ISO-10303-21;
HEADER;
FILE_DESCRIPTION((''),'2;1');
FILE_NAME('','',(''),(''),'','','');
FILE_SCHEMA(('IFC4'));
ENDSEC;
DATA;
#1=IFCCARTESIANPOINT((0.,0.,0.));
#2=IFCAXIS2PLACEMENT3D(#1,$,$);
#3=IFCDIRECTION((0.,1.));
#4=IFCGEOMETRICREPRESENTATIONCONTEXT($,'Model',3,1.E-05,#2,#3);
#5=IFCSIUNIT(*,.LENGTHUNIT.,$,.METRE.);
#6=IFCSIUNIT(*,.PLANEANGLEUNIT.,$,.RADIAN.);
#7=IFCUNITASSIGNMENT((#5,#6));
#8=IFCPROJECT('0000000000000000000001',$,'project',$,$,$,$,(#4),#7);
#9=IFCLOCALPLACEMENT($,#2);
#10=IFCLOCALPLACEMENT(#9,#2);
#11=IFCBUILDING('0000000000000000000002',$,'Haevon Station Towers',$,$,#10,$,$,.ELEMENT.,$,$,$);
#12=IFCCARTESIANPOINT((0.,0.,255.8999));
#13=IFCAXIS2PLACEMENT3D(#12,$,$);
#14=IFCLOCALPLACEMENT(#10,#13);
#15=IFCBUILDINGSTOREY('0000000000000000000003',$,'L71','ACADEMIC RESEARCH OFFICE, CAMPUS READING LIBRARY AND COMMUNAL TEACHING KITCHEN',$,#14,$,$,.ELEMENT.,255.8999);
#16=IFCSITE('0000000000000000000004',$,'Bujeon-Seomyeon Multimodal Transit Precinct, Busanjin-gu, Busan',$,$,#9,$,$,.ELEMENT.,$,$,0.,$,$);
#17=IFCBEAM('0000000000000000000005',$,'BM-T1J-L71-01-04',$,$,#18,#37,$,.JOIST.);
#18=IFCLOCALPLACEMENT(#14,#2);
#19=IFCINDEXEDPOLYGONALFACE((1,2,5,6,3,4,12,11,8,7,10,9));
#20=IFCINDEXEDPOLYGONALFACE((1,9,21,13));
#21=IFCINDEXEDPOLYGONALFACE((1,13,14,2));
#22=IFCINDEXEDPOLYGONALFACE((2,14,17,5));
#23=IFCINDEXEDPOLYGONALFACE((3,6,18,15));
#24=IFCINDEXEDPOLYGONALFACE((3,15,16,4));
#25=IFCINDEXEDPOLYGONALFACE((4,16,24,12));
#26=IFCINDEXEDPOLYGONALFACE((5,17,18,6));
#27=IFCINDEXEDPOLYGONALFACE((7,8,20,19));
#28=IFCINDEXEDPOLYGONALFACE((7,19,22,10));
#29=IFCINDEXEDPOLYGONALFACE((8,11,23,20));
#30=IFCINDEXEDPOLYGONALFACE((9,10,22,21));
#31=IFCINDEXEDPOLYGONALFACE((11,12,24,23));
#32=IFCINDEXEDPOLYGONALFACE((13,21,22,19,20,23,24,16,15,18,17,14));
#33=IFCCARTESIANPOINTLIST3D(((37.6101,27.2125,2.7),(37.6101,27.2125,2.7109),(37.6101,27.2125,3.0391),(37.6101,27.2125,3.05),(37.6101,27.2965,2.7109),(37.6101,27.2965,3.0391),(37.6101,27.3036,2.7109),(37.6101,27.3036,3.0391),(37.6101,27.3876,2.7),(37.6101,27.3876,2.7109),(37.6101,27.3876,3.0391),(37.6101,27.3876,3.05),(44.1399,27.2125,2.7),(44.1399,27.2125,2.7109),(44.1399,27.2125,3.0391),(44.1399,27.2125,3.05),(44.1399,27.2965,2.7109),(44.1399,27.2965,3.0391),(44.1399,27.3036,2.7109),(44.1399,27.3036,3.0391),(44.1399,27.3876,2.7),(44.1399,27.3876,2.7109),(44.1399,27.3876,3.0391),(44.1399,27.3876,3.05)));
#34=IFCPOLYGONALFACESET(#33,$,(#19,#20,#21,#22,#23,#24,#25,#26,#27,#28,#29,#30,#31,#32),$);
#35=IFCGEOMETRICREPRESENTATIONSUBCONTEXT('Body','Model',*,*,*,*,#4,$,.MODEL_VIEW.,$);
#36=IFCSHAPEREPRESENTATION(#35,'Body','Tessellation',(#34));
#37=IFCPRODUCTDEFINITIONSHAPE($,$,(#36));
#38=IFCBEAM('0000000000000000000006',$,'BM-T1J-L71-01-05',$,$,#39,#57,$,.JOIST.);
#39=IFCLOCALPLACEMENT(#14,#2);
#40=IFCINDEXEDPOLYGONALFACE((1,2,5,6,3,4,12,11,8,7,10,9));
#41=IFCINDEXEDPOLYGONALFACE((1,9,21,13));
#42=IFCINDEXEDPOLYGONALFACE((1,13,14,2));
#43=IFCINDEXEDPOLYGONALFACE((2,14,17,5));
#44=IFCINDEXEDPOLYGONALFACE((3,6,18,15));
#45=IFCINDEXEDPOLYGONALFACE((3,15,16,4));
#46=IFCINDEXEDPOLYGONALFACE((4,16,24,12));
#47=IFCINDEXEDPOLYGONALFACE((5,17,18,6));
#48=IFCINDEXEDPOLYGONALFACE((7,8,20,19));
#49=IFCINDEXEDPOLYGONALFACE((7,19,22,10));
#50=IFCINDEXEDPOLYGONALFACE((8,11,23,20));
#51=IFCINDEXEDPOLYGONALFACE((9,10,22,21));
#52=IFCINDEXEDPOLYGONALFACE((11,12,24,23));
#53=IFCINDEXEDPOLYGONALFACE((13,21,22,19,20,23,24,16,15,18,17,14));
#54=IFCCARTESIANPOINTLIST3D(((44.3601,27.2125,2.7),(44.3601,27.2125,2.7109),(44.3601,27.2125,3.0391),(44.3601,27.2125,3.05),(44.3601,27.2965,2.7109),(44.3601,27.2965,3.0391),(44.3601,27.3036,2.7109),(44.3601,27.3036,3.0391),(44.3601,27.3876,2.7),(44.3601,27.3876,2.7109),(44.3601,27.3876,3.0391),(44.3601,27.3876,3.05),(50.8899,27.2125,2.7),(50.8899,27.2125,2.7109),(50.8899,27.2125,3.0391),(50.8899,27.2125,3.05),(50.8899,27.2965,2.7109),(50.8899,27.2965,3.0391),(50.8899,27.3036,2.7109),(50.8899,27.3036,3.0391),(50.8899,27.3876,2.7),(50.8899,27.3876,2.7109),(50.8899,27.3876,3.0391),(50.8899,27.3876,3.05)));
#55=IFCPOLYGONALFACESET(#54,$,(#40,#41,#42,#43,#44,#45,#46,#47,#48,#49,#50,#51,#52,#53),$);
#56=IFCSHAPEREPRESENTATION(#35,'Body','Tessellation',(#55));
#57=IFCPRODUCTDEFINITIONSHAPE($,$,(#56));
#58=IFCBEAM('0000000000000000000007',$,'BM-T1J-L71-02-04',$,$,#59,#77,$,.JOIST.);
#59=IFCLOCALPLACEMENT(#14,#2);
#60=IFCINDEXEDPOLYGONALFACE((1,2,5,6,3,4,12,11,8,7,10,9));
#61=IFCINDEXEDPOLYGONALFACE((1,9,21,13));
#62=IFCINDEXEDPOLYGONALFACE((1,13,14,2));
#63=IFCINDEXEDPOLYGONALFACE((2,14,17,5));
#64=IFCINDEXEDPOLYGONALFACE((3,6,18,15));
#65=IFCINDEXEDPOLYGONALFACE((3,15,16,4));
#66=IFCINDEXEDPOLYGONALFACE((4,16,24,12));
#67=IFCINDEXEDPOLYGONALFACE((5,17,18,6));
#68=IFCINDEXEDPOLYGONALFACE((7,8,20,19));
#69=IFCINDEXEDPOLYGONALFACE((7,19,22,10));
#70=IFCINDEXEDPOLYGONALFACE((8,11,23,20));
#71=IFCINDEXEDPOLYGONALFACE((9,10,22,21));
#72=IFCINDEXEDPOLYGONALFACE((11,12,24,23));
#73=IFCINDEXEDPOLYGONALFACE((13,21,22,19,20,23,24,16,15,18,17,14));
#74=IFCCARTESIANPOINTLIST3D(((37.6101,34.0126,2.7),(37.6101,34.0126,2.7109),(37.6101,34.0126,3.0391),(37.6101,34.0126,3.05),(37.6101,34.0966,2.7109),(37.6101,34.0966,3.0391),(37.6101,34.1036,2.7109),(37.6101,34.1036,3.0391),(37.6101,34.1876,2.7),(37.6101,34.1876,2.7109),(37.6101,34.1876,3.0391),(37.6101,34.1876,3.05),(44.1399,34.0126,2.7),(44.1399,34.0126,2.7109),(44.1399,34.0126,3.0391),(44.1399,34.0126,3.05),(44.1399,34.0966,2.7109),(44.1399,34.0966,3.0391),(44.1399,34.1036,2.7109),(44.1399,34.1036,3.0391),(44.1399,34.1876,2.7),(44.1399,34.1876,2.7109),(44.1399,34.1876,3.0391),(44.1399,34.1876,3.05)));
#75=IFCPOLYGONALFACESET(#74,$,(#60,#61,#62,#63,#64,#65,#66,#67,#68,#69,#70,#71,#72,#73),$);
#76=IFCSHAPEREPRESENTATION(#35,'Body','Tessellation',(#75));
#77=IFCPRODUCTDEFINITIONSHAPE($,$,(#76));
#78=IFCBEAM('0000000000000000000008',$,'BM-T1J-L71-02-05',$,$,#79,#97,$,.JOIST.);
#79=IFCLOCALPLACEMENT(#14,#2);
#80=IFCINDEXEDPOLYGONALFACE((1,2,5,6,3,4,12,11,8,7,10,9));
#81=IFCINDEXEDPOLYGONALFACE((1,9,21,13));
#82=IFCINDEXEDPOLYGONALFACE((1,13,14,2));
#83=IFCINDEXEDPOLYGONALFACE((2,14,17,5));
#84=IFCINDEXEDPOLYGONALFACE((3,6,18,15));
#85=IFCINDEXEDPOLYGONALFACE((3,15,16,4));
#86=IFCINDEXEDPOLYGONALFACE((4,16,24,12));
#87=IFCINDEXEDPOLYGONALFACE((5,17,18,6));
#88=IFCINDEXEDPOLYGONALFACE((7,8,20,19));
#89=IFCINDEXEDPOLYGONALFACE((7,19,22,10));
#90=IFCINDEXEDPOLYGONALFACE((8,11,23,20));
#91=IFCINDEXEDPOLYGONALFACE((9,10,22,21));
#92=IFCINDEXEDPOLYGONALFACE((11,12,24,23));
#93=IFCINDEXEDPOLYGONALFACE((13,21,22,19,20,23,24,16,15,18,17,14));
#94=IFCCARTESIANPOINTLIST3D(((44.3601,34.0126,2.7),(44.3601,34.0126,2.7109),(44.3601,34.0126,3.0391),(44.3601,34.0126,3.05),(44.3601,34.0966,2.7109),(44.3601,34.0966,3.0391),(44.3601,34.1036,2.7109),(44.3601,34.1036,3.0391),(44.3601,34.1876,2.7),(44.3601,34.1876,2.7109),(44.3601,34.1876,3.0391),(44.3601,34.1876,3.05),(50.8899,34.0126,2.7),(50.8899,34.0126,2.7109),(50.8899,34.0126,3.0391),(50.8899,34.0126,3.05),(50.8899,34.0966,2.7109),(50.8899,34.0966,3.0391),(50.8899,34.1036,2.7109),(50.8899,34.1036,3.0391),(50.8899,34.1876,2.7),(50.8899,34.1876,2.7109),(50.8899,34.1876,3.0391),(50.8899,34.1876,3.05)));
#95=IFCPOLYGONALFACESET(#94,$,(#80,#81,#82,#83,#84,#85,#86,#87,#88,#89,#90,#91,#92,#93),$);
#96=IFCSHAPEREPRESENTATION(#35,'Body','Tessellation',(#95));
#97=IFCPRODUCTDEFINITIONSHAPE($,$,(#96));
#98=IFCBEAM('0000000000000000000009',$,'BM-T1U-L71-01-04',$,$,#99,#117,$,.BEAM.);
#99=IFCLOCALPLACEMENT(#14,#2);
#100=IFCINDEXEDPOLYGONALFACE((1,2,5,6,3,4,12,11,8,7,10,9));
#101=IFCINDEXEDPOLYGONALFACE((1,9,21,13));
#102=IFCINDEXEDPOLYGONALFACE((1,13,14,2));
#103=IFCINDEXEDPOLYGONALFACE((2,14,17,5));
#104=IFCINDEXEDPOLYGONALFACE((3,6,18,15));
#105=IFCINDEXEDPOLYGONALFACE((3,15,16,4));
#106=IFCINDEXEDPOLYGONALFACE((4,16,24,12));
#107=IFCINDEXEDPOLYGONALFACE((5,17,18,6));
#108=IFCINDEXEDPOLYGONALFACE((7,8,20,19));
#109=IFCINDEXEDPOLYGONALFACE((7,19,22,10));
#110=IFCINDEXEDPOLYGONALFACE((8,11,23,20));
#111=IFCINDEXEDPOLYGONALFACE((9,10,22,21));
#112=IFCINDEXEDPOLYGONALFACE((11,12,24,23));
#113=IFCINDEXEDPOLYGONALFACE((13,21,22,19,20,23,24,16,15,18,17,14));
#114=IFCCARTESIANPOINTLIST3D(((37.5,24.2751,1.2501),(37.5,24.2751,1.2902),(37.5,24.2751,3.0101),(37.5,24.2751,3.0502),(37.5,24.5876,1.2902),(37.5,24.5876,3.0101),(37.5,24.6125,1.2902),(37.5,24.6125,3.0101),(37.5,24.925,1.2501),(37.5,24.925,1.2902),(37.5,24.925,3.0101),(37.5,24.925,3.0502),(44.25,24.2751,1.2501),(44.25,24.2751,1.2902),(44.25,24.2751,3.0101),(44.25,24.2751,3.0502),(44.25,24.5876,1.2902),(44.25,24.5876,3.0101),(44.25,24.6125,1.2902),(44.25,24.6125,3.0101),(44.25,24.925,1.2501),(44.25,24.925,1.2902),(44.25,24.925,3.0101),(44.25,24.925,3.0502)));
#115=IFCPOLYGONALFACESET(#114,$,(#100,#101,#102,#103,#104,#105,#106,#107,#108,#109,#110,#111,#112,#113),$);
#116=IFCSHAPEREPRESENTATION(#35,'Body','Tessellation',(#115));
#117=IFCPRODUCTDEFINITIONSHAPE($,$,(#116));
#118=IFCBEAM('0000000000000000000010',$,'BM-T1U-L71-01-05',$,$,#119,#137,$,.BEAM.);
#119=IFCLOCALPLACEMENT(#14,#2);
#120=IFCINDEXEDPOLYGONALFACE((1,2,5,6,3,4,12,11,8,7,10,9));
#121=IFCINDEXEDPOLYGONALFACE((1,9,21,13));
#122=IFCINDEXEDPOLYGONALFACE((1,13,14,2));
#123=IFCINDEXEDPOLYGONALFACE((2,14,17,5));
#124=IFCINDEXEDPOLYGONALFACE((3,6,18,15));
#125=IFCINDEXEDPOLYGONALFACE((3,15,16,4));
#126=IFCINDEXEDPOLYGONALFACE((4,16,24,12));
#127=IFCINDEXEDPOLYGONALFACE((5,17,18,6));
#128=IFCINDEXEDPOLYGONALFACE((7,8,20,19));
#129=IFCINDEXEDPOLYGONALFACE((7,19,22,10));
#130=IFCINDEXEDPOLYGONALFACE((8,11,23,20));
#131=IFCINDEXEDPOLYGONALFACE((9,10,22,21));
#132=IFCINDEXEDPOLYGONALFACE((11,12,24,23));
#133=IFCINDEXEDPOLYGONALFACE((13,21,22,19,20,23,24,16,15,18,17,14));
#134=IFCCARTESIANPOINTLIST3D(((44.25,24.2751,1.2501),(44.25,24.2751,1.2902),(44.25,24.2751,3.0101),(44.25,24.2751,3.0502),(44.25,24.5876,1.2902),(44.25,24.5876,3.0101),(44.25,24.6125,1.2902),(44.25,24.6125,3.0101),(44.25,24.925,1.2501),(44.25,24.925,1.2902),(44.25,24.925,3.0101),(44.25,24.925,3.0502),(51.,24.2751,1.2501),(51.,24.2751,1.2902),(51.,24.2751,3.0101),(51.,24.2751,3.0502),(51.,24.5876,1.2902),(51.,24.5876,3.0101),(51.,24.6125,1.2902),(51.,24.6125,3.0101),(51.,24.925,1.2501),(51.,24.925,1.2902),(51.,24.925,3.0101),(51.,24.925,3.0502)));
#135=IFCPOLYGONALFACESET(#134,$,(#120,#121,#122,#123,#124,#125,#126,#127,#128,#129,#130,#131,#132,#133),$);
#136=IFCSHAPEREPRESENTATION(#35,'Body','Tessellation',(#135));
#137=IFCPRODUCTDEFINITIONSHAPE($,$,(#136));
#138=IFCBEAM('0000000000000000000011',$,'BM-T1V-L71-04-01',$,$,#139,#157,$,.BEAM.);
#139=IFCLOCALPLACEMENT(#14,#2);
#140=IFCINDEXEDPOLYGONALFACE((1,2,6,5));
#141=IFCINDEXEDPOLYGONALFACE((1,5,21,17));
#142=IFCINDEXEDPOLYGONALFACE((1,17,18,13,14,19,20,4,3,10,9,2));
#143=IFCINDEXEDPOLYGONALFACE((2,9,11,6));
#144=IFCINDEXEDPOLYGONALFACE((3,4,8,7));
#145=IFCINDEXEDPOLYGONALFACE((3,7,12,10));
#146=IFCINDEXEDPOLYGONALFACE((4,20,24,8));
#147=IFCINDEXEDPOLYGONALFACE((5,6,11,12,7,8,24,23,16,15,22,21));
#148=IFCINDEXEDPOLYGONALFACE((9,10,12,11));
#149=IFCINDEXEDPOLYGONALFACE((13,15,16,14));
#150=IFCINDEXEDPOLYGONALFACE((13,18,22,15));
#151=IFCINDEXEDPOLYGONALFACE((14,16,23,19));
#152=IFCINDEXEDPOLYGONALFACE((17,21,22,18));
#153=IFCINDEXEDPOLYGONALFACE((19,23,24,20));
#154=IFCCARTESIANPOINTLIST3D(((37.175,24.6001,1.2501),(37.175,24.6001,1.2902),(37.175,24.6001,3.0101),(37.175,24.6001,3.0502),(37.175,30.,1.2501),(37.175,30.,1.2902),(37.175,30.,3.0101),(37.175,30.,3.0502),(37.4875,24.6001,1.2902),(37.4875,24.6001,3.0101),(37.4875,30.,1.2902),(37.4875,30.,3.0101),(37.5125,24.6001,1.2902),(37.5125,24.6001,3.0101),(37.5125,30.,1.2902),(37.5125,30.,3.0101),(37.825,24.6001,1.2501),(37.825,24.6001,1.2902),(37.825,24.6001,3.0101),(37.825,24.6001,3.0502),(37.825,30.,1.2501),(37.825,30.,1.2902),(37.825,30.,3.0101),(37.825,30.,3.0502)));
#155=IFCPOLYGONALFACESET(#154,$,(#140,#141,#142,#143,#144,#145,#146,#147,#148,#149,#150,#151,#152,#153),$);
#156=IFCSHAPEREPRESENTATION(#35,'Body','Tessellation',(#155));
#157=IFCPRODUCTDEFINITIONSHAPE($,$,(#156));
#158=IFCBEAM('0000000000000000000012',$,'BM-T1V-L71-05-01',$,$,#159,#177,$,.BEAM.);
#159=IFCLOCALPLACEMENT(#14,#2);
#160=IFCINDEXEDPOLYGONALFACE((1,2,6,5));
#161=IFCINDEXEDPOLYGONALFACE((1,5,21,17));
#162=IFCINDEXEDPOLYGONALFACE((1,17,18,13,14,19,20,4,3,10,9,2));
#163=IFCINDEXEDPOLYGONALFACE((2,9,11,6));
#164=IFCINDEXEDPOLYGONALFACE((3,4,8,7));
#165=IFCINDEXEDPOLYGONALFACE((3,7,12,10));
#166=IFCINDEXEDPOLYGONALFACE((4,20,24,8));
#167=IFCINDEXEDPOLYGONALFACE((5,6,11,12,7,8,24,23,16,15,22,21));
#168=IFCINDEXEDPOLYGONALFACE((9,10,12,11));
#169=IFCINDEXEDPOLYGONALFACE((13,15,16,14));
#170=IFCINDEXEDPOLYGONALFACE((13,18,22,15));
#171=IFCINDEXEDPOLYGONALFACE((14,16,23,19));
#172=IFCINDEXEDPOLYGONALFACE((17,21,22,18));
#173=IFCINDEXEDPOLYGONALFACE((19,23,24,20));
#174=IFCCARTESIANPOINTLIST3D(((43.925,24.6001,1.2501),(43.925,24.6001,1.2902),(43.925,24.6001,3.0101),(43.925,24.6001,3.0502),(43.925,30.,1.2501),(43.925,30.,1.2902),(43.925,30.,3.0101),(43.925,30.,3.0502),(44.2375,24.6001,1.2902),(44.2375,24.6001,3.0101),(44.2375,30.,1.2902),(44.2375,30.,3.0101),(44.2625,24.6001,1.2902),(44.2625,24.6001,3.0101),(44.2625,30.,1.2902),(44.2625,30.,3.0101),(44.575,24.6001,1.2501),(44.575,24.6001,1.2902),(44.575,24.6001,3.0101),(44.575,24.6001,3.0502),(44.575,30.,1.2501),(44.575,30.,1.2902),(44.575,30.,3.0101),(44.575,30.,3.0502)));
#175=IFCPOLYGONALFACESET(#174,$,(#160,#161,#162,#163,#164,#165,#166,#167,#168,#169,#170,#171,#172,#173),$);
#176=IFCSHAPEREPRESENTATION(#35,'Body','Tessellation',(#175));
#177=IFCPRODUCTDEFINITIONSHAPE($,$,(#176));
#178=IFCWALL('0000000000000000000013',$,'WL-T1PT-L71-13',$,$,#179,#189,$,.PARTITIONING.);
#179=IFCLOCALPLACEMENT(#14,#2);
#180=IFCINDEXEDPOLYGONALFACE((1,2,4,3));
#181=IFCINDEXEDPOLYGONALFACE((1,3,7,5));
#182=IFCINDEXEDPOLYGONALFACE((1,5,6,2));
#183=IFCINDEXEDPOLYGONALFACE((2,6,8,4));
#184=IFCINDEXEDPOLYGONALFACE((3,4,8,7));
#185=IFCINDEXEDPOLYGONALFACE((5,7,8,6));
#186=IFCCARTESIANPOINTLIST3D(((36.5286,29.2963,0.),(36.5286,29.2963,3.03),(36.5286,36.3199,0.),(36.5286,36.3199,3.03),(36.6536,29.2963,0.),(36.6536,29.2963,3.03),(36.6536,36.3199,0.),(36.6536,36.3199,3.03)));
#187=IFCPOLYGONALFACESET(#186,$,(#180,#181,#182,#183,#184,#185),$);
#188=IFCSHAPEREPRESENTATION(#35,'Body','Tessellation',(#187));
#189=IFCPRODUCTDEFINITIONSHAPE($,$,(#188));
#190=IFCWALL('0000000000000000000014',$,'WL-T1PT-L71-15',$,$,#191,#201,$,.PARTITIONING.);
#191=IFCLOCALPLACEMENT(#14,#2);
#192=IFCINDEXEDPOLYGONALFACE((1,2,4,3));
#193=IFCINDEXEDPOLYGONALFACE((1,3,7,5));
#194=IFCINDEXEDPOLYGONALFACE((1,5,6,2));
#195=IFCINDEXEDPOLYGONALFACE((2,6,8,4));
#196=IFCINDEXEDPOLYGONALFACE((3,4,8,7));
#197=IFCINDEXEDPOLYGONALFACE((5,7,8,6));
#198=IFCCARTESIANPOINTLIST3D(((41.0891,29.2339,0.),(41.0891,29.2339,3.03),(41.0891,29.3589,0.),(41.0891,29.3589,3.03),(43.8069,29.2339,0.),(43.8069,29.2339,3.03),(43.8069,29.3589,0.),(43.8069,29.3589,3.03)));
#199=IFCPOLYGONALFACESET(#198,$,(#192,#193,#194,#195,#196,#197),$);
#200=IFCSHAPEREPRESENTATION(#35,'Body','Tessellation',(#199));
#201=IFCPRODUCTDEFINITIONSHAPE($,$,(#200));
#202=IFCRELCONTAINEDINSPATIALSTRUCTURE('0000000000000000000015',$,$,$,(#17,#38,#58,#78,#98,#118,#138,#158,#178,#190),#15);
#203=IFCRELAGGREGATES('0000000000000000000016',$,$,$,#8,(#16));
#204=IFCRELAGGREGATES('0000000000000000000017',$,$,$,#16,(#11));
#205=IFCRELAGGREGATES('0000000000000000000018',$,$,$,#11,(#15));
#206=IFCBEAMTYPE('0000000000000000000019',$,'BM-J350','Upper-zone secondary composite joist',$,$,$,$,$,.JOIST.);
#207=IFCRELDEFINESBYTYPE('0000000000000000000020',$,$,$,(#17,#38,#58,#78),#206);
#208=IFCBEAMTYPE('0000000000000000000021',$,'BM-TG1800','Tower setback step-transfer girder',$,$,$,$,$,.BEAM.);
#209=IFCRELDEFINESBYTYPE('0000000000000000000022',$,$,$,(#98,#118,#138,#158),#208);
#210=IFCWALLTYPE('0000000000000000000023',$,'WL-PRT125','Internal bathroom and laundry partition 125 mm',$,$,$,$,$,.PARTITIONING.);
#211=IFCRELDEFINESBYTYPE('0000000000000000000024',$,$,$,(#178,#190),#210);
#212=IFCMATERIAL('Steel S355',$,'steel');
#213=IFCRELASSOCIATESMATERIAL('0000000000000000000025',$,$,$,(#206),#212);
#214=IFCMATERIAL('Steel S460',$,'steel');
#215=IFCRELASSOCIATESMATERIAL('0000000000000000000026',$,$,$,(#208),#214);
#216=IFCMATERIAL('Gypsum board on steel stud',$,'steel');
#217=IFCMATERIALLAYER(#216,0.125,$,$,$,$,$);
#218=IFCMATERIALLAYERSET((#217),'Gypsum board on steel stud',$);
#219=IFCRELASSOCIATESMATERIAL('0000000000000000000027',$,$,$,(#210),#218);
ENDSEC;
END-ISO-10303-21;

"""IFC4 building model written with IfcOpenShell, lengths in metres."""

from ifc_helpers import new_model, si_unit, direction, frame, frame_2d, origin, origin_2d, place, context, subcontext, project, spatial, rectangle, i_section, extrude, material, layer, layer_set, material_profile, profile_set, type_object, element, save


model = new_model("IFC4")

# Units and contexts
model_context = context("Model", 3, precision=1e-05, world=origin(), true_north=direction((0.0, 1.0)))
body_context = subcontext(model_context, "Body", "Model", "MODEL_VIEW")
ifc_project = project(units=[si_unit("LENGTHUNIT", "METRE"), si_unit("PLANEANGLEUNIT", "RADIAN")], contexts=[model_context])

# Site, building, storey
site_placement = place(None, origin())
site = spatial("IfcSite", under=ifc_project, at=site_placement, Name="Bujeon-Seomyeon Multimodal Transit Precinct, Busanjin-gu, Busan", CompositionType="ELEMENT", RefElevation=0.0)
building_placement = place(site_placement, origin())
building = spatial("IfcBuilding", under=site, at=building_placement, Name="Haevon Station Towers", CompositionType="ELEMENT")
storey_placement = place(building_placement, frame((0.0, 0.0, 255.8999)))
storey = spatial("IfcBuildingStorey", under=building, at=storey_placement, Name="L71", Description="ACADEMIC RESEARCH OFFICE, CAMPUS READING LIBRARY AND COMMUNAL TEACHING KITCHEN", CompositionType="ELEMENT", Elevation=255.8999)

# Shared definitions
ifc_material_1 = material(Name="Steel S355", Category="steel")

# Beams
ifc_material_profile_1 = material_profile(ifc_material_1, i_section(OverallWidth=0.175, OverallDepth=0.3501, WebThickness=0.0071, FlangeThickness=0.011, at=origin_2d()), Name="H-350x175x7x11")
ifc_profile_set_1 = profile_set([ifc_material_profile_1], Name="Steel S355")
beam_type_1 = type_object("IfcBeamType", Name="BM-J350", Description="Upper-zone secondary composite joist", PredefinedType="JOIST", material=ifc_profile_set_1)
for number, where, z_axis, x_axis, name in (
    (1, (37.6101, 27.3, 2.875), (1.0, 0.0, 0.0), (0.0, 1.0, 0.0), "BM-T1J-L71-01-04"),
    (2, (44.3601, 27.3, 2.875), (1.0, 0.0, 0.0), (0.0, 1.0, 0.0), "BM-T1J-L71-01-05"),
    (3, (37.6101, 34.1001, 2.875), (1.0, 0.0, 0.0), (0.0, 1.0, 0.0), "BM-T1J-L71-02-04"),
    (4, (44.3601, 34.1001, 2.875), (1.0, 0.0, 0.0), (0.0, 1.0, 0.0), "BM-T1J-L71-02-05"),
):
    element("IfcBeam", number, at=place(storey_placement, frame(where, z_axis=z_axis, x_axis=x_axis)), inside=storey, type_object=beam_type_1, Name=name, PredefinedType="JOIST", context=body_context, shape_type="SweptSolid", body=[
        extrude(i_section(OverallWidth=0.175, OverallDepth=0.3501, WebThickness=0.0071, FlangeThickness=0.011, at=origin_2d()), origin(), (0.0, 0.0, 1.0), 6.5298),
    ])
ifc_material_2 = material(Name="Steel S460", Category="steel")
ifc_material_profile_2 = material_profile(ifc_material_2, i_section(OverallWidth=0.6499, OverallDepth=1.8, WebThickness=0.0249, FlangeThickness=0.04, at=origin_2d()), Name="H-1800x650x25x40")
ifc_profile_set_2 = profile_set([ifc_material_profile_2], Name="Steel S460")
beam_type_2 = type_object("IfcBeamType", Name="BM-TG1800", Description="Tower setback step-transfer girder", PredefinedType="BEAM", material=ifc_profile_set_2)
for number, where, z_axis, x_axis, name in (
    (5, (37.5, 24.6001, 2.1501), (1.0, 0.0, 0.0), (0.0, 1.0, 0.0), "BM-T1U-L71-01-04"),
    (6, (44.25, 24.6001, 2.1501), (1.0, 0.0, 0.0), (0.0, 1.0, 0.0), "BM-T1U-L71-01-05"),
):
    element("IfcBeam", number, at=place(storey_placement, frame(where, z_axis=z_axis, x_axis=x_axis)), inside=storey, type_object=beam_type_2, Name=name, PredefinedType="BEAM", context=body_context, shape_type="SweptSolid", body=[
        extrude(i_section(OverallWidth=0.6499, OverallDepth=1.8, WebThickness=0.0249, FlangeThickness=0.04, at=origin_2d()), origin(), (0.0, 0.0, 1.0), 6.75),
    ])
for number, where, z_axis, x_axis, name in (
    (7, (37.5, 24.6001, 2.1501), (0.0, 1.0, 0.0), (-1.0, 0.0, 0.0), "BM-T1V-L71-04-01"),
    (8, (44.25, 24.6001, 2.1501), (0.0, 1.0, 0.0), (-1.0, 0.0, 0.0), "BM-T1V-L71-05-01"),
):
    element("IfcBeam", number, at=place(storey_placement, frame(where, z_axis=z_axis, x_axis=x_axis)), inside=storey, type_object=beam_type_2, Name=name, PredefinedType="BEAM", context=body_context, shape_type="SweptSolid", body=[
        extrude(i_section(OverallWidth=0.6499, OverallDepth=1.8, WebThickness=0.0249, FlangeThickness=0.04, at=origin_2d()), origin(), (0.0, 0.0, 1.0), 5.3999),
    ])

# Walls
ifc_material_3 = material(Name="Gypsum board on steel stud", Category="steel")
ifc_layer_1 = layer(ifc_material_3, 0.125)
ifc_layer_set_1 = layer_set([ifc_layer_1], Name="Gypsum board on steel stud")
wall_type_1 = type_object("IfcWallType", Name="WL-PRT125", Description="Internal bathroom and laundry partition 125 mm", PredefinedType="PARTITIONING", material=ifc_layer_set_1)
wall_1_placement = place(storey_placement, frame((36.5911, 29.2964, 0.0), z_axis=(0.0, 0.0, 1.0), x_axis=(0.0, 1.0, 0.0)))
element("IfcWall", 9, at=wall_1_placement, inside=storey, type_object=wall_type_1, Name="WL-T1PT-L71-13", PredefinedType="PARTITIONING", context=body_context, shape_type="SweptSolid", body=[
    extrude(rectangle(XDim=7.0237, YDim=0.125, at=frame_2d((3.5117, 0.0))), origin(), (0.0, 0.0, 1.0), 3.03),
])
wall_2_placement = place(storey_placement, frame((41.0891, 29.2964, 0.0), z_axis=(0.0, 0.0, 1.0), x_axis=(1.0, 0.0, 0.0)))
element("IfcWall", 10, at=wall_2_placement, inside=storey, type_object=wall_type_1, Name="WL-T1PT-L71-15", PredefinedType="PARTITIONING", context=body_context, shape_type="SweptSolid", body=[
    extrude(rectangle(XDim=2.7178, YDim=0.125, at=frame_2d((1.3589, 0.0))), origin(), (0.0, 0.0, 1.0), 3.03),
])

save(model, "model.ifc")
